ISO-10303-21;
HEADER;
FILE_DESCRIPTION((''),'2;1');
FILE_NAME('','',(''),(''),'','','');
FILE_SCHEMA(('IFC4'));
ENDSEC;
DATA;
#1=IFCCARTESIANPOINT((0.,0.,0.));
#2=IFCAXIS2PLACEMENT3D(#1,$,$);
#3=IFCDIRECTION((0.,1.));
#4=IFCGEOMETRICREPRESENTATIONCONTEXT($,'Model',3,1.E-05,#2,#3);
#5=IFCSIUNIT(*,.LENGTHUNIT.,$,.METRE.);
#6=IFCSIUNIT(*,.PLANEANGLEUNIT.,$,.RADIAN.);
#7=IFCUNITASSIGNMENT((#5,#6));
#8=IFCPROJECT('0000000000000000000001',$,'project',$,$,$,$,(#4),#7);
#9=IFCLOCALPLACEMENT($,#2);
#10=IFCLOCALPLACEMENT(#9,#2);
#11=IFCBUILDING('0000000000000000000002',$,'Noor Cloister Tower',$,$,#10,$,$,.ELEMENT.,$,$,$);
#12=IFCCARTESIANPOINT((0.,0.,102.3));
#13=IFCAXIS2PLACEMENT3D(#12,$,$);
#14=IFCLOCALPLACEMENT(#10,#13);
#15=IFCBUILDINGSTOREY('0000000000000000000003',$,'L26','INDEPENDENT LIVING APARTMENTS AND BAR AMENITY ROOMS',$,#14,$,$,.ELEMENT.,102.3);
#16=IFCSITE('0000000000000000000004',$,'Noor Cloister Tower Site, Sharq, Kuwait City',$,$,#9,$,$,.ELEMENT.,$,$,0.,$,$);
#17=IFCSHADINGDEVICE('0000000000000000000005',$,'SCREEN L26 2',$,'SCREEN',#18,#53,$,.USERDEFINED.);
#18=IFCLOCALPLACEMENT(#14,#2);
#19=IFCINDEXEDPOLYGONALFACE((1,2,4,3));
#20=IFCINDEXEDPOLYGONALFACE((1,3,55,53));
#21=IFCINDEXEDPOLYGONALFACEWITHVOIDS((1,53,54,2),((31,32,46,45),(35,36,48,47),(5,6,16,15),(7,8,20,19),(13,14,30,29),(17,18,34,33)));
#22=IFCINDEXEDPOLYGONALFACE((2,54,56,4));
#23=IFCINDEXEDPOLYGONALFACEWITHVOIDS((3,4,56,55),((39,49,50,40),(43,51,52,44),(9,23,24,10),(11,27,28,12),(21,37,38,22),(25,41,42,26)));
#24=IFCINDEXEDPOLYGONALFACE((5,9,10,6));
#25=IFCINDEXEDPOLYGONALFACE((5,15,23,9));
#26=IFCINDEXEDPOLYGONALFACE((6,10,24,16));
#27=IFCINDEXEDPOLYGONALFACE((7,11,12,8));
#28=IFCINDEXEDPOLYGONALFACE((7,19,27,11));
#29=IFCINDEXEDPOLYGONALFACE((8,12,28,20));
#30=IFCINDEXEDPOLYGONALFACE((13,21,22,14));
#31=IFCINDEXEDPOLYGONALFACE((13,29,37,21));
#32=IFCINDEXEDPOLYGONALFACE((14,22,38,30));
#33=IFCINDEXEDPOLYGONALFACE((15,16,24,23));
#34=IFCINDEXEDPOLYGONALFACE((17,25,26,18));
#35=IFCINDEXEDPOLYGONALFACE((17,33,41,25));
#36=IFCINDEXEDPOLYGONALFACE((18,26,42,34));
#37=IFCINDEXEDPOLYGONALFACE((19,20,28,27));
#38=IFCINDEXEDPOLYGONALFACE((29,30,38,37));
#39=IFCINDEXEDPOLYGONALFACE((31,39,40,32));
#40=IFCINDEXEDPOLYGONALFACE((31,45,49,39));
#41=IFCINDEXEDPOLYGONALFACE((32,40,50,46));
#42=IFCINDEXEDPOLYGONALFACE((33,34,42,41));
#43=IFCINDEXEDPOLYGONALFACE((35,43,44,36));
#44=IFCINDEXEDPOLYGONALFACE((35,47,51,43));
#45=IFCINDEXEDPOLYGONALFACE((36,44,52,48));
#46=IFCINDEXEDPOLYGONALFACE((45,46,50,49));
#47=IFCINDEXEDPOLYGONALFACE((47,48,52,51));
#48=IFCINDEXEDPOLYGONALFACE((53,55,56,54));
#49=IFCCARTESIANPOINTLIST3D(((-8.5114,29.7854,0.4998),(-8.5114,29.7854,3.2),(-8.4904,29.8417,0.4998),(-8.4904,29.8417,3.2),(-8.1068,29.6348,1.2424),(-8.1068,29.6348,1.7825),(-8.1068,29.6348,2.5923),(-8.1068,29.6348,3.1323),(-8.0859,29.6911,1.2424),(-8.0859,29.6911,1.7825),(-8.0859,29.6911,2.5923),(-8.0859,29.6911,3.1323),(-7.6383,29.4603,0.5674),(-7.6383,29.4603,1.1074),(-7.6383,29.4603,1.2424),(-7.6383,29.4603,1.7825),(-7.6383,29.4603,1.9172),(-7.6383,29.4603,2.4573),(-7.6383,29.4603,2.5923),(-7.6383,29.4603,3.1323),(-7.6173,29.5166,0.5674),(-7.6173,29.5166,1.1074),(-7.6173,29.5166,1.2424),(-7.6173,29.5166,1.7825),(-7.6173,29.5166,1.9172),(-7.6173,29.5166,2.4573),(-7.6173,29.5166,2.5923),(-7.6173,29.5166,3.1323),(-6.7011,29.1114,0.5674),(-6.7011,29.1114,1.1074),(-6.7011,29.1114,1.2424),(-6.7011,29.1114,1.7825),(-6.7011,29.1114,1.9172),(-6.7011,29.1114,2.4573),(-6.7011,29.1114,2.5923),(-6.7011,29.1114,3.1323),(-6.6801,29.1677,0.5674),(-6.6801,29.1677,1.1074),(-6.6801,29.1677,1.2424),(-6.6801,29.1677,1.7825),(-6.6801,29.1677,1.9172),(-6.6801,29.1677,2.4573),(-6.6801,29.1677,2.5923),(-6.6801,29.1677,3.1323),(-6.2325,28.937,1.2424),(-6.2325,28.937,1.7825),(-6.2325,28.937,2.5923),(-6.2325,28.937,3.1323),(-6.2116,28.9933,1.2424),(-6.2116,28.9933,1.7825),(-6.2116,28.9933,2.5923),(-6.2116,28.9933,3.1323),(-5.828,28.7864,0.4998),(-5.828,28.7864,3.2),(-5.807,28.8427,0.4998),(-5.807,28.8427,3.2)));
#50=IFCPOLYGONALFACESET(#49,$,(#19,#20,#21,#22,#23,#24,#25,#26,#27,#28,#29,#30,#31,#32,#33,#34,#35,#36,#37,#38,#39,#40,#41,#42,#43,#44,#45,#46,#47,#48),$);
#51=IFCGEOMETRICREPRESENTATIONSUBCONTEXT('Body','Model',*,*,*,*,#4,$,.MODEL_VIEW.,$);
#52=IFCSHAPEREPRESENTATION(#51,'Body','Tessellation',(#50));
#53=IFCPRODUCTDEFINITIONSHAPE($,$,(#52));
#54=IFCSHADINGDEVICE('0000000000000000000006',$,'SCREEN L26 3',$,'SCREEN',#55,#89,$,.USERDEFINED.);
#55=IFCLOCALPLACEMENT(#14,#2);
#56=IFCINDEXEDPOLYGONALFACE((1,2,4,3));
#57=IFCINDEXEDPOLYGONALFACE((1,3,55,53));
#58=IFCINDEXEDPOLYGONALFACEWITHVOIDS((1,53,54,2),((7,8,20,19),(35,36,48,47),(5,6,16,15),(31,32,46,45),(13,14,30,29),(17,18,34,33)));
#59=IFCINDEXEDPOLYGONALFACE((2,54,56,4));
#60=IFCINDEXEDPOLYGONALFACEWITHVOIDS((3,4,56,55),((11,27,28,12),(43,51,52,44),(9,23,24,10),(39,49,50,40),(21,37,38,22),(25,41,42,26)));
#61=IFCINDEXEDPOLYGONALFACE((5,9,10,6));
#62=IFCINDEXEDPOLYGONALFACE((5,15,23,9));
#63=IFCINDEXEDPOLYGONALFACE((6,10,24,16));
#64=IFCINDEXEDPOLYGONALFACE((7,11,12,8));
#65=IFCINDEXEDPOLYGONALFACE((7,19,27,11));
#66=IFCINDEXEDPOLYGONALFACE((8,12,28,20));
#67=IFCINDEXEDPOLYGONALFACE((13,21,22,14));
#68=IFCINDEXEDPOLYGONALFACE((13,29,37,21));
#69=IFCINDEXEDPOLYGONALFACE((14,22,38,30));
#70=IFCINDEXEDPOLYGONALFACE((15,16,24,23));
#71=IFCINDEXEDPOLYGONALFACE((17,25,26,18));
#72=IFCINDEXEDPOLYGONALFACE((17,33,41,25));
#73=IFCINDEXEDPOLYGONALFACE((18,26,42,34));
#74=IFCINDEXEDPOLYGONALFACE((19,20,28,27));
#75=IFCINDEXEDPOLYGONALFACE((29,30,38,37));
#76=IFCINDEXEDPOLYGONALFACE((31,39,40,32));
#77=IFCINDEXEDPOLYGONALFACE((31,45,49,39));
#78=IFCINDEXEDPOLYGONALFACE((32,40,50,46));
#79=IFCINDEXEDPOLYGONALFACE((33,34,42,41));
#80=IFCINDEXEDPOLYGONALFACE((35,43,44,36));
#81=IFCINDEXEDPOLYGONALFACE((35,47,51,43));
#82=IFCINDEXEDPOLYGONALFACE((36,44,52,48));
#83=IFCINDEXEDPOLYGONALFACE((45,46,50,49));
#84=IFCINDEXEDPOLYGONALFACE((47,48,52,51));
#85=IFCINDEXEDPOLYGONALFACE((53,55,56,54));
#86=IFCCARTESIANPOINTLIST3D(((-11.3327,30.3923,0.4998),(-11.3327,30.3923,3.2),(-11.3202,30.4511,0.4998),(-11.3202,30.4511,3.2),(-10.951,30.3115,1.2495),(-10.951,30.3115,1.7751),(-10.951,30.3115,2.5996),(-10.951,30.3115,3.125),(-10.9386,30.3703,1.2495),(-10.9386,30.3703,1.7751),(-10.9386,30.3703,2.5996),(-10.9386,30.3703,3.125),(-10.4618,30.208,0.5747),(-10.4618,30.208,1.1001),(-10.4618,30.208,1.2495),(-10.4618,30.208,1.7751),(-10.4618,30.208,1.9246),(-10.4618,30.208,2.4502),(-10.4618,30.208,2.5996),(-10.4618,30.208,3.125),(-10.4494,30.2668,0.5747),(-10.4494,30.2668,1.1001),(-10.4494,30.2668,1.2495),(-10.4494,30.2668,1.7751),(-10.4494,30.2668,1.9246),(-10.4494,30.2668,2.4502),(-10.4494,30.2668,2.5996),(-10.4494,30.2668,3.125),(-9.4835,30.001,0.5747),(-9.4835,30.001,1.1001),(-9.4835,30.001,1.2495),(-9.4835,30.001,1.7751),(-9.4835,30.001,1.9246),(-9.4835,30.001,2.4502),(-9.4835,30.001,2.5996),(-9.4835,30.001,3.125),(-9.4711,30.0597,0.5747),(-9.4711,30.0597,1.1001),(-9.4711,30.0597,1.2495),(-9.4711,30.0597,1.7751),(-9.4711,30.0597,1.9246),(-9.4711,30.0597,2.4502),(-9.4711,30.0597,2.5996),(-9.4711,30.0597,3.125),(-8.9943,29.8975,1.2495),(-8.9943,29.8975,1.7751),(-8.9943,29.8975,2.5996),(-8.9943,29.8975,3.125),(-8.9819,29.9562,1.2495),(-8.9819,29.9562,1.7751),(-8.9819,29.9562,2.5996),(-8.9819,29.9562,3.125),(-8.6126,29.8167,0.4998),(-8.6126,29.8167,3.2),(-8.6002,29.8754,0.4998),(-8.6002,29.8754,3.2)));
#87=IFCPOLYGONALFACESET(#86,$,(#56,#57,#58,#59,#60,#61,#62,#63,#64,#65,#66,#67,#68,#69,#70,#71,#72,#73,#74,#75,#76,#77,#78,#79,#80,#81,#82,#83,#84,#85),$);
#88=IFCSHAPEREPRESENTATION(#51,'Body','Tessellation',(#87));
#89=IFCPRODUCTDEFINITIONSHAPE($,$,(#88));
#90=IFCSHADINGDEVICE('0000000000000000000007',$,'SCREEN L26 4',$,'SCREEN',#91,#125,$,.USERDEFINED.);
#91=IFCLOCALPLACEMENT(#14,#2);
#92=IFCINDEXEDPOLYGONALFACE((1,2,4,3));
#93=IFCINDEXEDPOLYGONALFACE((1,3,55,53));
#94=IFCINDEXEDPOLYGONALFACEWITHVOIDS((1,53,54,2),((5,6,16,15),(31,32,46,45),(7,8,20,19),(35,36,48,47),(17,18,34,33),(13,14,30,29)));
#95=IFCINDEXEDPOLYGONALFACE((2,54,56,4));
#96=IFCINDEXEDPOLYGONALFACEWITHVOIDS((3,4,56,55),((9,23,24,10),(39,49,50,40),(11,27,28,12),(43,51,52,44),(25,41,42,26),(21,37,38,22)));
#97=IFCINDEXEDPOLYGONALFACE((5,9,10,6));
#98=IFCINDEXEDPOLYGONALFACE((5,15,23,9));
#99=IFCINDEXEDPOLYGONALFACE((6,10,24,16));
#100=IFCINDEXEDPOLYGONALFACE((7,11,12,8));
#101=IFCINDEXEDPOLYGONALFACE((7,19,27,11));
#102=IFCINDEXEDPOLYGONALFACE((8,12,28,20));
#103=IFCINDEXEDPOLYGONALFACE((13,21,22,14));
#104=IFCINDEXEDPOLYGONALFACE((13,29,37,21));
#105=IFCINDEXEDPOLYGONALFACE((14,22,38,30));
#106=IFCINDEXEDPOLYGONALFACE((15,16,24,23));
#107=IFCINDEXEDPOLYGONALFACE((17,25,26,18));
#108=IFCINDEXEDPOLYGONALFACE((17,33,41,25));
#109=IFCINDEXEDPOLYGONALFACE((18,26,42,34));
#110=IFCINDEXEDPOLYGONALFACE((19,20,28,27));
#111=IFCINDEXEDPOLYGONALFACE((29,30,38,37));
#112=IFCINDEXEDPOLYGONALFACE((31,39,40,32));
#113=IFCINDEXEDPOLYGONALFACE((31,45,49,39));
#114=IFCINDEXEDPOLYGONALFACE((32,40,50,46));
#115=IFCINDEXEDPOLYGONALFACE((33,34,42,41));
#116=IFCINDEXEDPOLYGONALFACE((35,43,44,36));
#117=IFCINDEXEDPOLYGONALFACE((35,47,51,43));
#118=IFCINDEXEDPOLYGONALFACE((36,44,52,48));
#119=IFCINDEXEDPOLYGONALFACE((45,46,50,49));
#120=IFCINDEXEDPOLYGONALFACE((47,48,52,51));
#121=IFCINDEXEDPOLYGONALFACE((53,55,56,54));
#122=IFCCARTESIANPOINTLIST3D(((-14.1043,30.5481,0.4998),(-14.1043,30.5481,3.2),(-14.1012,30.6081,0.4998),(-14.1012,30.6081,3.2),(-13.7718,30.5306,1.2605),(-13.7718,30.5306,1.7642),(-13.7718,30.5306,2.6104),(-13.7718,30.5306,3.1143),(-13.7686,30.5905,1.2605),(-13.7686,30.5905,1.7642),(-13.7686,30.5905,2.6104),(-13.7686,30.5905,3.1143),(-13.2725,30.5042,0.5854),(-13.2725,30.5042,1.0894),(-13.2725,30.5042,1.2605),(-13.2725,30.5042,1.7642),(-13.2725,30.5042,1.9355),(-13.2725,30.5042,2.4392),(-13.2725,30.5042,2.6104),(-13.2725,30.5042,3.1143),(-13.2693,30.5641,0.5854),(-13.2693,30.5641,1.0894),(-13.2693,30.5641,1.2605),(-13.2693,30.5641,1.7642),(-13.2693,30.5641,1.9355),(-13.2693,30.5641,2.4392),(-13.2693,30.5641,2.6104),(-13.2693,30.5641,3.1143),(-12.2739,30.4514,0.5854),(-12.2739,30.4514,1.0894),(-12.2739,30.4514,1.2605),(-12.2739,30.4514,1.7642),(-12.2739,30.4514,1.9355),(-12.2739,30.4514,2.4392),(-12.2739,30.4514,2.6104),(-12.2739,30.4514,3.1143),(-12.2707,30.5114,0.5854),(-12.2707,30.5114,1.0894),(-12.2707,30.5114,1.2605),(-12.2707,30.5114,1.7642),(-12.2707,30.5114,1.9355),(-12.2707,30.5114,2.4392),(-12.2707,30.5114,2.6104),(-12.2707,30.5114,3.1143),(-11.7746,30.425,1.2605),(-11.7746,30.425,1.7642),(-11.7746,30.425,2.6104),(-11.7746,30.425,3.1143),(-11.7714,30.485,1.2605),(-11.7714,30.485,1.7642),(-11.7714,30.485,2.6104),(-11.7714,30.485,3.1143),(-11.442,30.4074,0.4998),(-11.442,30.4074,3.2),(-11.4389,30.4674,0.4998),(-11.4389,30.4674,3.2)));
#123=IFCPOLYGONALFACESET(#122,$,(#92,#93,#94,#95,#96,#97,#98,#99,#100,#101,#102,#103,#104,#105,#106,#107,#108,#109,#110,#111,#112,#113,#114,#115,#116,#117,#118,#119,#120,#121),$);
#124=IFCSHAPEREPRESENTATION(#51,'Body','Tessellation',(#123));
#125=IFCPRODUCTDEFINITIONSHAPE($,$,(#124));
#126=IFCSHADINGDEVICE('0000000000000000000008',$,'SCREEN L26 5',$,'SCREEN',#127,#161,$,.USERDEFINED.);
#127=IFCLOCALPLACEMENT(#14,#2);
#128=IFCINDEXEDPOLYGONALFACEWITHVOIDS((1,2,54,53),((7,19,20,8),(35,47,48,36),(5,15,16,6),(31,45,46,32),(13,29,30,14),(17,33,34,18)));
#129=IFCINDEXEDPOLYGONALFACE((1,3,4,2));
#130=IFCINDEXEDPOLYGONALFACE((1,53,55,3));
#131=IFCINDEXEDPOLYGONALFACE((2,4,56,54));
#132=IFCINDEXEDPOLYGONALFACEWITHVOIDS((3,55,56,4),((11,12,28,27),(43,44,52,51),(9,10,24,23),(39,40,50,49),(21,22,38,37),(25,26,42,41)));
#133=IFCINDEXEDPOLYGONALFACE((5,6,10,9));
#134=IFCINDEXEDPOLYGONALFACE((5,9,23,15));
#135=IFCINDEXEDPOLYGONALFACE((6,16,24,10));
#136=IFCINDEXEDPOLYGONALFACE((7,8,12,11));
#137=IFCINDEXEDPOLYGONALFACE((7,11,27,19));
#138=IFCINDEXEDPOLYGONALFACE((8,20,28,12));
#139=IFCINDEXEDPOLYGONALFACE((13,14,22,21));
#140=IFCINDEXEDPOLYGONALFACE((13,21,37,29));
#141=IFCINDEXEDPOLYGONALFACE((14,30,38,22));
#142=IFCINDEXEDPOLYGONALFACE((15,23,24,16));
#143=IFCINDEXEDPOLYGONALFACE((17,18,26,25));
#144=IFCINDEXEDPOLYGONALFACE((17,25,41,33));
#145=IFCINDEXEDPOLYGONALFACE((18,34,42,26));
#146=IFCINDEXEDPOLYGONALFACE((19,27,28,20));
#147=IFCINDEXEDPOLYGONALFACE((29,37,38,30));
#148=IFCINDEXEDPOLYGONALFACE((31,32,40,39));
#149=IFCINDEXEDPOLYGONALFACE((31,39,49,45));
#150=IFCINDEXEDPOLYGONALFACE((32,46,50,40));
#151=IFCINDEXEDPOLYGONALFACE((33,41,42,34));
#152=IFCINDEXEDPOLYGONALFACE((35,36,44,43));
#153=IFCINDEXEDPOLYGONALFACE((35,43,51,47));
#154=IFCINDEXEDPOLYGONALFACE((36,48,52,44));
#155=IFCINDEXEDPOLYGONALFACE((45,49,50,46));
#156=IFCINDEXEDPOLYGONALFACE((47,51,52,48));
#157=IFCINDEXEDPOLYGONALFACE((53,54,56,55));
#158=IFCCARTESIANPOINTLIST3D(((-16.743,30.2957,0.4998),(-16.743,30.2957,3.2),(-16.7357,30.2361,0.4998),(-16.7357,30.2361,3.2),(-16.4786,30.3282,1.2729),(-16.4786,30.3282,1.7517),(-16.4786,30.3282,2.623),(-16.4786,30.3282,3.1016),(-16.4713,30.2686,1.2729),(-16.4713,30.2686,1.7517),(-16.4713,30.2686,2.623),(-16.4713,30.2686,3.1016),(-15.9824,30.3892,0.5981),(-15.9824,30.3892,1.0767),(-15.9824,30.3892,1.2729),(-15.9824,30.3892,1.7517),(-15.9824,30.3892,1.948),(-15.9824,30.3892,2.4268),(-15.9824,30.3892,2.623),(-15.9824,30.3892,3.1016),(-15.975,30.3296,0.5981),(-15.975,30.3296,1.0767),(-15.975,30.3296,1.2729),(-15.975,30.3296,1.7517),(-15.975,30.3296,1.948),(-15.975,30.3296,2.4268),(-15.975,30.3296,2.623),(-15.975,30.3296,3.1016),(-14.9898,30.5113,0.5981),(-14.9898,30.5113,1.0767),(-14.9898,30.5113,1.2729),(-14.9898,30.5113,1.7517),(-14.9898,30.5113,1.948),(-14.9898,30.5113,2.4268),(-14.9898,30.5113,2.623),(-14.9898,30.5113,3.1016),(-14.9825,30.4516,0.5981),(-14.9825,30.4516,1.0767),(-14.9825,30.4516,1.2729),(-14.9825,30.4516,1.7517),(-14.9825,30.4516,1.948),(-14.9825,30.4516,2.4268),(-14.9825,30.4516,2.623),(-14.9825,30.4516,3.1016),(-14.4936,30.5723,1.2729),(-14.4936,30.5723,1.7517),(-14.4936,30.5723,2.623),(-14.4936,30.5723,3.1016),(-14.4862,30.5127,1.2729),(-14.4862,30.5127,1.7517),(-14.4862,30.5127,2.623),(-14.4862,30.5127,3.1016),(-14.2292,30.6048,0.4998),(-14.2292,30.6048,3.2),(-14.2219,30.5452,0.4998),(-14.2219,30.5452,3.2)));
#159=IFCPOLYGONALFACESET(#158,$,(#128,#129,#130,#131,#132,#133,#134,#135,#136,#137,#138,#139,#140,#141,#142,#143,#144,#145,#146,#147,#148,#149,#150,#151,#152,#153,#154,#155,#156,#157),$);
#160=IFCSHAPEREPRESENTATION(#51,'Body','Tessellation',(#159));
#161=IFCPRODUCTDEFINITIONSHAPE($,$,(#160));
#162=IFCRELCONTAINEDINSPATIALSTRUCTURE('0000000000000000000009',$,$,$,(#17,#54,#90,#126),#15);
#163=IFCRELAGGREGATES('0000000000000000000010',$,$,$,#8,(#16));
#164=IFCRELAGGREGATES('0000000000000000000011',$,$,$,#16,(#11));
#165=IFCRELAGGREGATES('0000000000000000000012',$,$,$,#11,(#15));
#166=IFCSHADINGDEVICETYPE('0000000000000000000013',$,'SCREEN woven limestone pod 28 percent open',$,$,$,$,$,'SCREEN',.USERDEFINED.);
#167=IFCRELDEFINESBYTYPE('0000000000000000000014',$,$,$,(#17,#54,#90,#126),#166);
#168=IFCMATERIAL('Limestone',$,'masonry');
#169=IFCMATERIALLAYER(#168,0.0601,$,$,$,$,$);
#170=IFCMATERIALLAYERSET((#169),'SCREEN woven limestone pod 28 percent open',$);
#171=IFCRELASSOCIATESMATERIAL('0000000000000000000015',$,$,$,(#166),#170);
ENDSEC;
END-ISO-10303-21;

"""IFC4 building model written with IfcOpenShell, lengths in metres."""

from ifc_helpers import new_model, si_unit, direction, frame, origin, place, context, subcontext, project, spatial, polyline, outline, extrude, material, layer, layer_set, type_object, element, save


model = new_model("IFC4")

# Units and contexts
model_context = context("Model", 3, precision=1e-05, world=origin(), true_north=direction((0.0, 1.0)))
body_context = subcontext(model_context, "Body", "Model", "MODEL_VIEW")
ifc_project = project(units=[si_unit("LENGTHUNIT", "METRE"), si_unit("PLANEANGLEUNIT", "RADIAN")], contexts=[model_context])

# Site, building, storey
site_placement = place(None, origin())
site = spatial("IfcSite", under=ifc_project, at=site_placement, Name="Noor Cloister Tower Site, Sharq, Kuwait City", CompositionType="ELEMENT", RefElevation=0.0)
building_placement = place(site_placement, origin())
building = spatial("IfcBuilding", under=site, at=building_placement, Name="Noor Cloister Tower", CompositionType="ELEMENT")
storey_placement = place(building_placement, frame((0.0, 0.0, 102.3)))
storey = spatial("IfcBuildingStorey", under=building, at=storey_placement, Name="L26", Description="INDEPENDENT LIVING APARTMENTS AND BAR AMENITY ROOMS", CompositionType="ELEMENT", Elevation=102.3)

# Shading devices
ifc_material_1 = material(Name="Limestone", Category="masonry")
ifc_layer_1 = layer(ifc_material_1, 0.0601)
ifc_layer_set_1 = layer_set([ifc_layer_1], Name="SCREEN woven limestone pod 28 percent open")
shading_device_type = type_object("IfcShadingDeviceType", Name="SCREEN woven limestone pod 28 percent open", ElementType="SCREEN", PredefinedType="USERDEFINED", material=ifc_layer_set_1)
shading_device_1_placement = place(storey_placement, frame((-7.1697, 29.2859, 1.8499), z_axis=(0.348899, 0.93716, 0.0), x_axis=(-0.93716, 0.348899, 0.0)))
element("IfcShadingDevice", 1, at=shading_device_1_placement, inside=storey, type_object=shading_device_type, Name="SCREEN L26 2", ObjectType="SCREEN", PredefinedType="USERDEFINED", context=body_context, shape_type="SweptSolid", body=[
    extrude(outline(polyline([(-1.4316, -1.3501), (1.4316, -1.3501), (1.4316, 1.3501), (-1.4316, 1.3501), (-1.4316, -1.3501)]), holes=[polyline([(-0.5, -1.2825), (0.5, -1.2825), (0.5, -0.7424), (-0.5, -0.7424), (-0.5, -1.2825)]), polyline([(-1.0, -0.6074), (-0.5, -0.6074), (-0.5, -0.0674), (-1.0, -0.0674), (-1.0, -0.6074)]), polyline([(0.5, -0.6074), (1.0, -0.6074), (1.0, -0.0674), (0.5, -0.0674), (0.5, -0.6074)]), polyline([(-0.5, 0.0674), (0.5, 0.0674), (0.5, 0.6074), (-0.5, 0.6074), (-0.5, 0.0674)]), polyline([(-1.0, 0.7424), (-0.5, 0.7424), (-0.5, 1.2825), (-1.0, 1.2825), (-1.0, 0.7424)]), polyline([(0.5, 0.7424), (1.0, 0.7424), (1.0, 1.2825), (0.5, 1.2825), (0.5, 0.7424)])]), origin(), (0.0, 0.0, 1.0), 0.0601),
])
shading_device_2_placement = place(storey_placement, frame((-9.9727, 30.1045, 1.8499), z_axis=(0.207033, 0.978334, 0.0), x_axis=(-0.978334, 0.207033, 0.0)))
element("IfcShadingDevice", 2, at=shading_device_2_placement, inside=storey, type_object=shading_device_type, Name="SCREEN L26 3", ObjectType="SCREEN", PredefinedType="USERDEFINED", context=body_context, shape_type="SweptSolid", body=[
    extrude(outline(polyline([(-1.3901, -1.3501), (1.3901, -1.3501), (1.3901, 1.3501), (-1.3901, 1.3501), (-1.3901, -1.3501)]), holes=[polyline([(-0.5, -1.2751), (0.5, -1.2751), (0.5, -0.7498), (-0.5, -0.7498), (-0.5, -1.2751)]), polyline([(-1.0, -0.6003), (-0.5, -0.6003), (-0.5, -0.0747), (-1.0, -0.0747), (-1.0, -0.6003)]), polyline([(0.5, -0.6003), (1.0, -0.6003), (1.0, -0.0747), (0.5, -0.0747), (0.5, -0.6003)]), polyline([(-0.5, 0.0747), (0.5, 0.0747), (0.5, 0.6003), (-0.5, 0.6003), (-0.5, 0.0747)]), polyline([(-1.0, 0.7498), (-0.5, 0.7498), (-0.5, 1.2751), (-1.0, 1.2751), (-1.0, 0.7498)]), polyline([(0.5, 0.7498), (1.0, 0.7498), (1.0, 1.2751), (0.5, 1.2751), (0.5, 0.7498)])]), origin(), (0.0, 0.0, 1.0), 0.0601),
])
shading_device_3_placement = place(storey_placement, frame((-12.7732, 30.4778, 1.8499), z_axis=(0.052772, 0.998607, 0.0), x_axis=(-0.998607, 0.052772, 0.0)))
element("IfcShadingDevice", 3, at=shading_device_3_placement, inside=storey, type_object=shading_device_type, Name="SCREEN L26 4", ObjectType="SCREEN", PredefinedType="USERDEFINED", context=body_context, shape_type="SweptSolid", body=[
    extrude(outline(polyline([(-1.333, -1.3501), (1.333, -1.3501), (1.333, 1.3501), (-1.333, 1.3501), (-1.333, -1.3501)]), holes=[polyline([(-0.5, -1.2644), (0.5, -1.2644), (0.5, -0.7605), (-0.5, -0.7605), (-0.5, -1.2644)]), polyline([(-1.0, -0.5894), (-0.5, -0.5894), (-0.5, -0.0857), (-1.0, -0.0857), (-1.0, -0.5894)]), polyline([(0.5, -0.5894), (1.0, -0.5894), (1.0, -0.0857), (0.5, -0.0857), (0.5, -0.5894)]), polyline([(-0.5, 0.0857), (0.5, 0.0857), (0.5, 0.5894), (-0.5, 0.5894), (-0.5, 0.0857)]), polyline([(-1.0, 0.7605), (-0.5, 0.7605), (-0.5, 1.2644), (-1.0, 1.2644), (-1.0, 0.7605)]), polyline([(0.5, 0.7605), (1.0, 0.7605), (1.0, 1.2644), (0.5, 1.2644), (0.5, 0.7605)])]), origin(), (0.0, 0.0, 1.0), 0.0601),
])
shading_device_4_placement = place(storey_placement, frame((-15.4788, 30.3906, 1.8499), z_axis=(-0.122032, 0.992526, 0.0), x_axis=(-0.992526, -0.122032, 0.0)))
element("IfcShadingDevice", 4, at=shading_device_4_placement, inside=storey, type_object=shading_device_type, Name="SCREEN L26 5", ObjectType="SCREEN", PredefinedType="USERDEFINED", context=body_context, shape_type="SweptSolid", body=[
    extrude(outline(polyline([(-1.2664, -1.3501), (1.2664, -1.3501), (1.2664, 1.3501), (-1.2664, 1.3501), (-1.2664, -1.3501)]), holes=[polyline([(-0.5, -1.2517), (0.5, -1.2517), (0.5, -0.7732), (-0.5, -0.7732), (-0.5, -1.2517)]), polyline([(-1.0, -0.5769), (-0.5, -0.5769), (-0.5, -0.0981), (-1.0, -0.0981), (-1.0, -0.5769)]), polyline([(0.5, -0.5769), (1.0, -0.5769), (1.0, -0.0981), (0.5, -0.0981), (0.5, -0.5769)]), polyline([(-0.5, 0.0981), (0.5, 0.0981), (0.5, 0.5769), (-0.5, 0.5769), (-0.5, 0.0981)]), polyline([(-1.0, 0.7732), (-0.5, 0.7732), (-0.5, 1.2517), (-1.0, 1.2517), (-1.0, 0.7732)]), polyline([(0.5, 0.7732), (1.0, 0.7732), (1.0, 1.2517), (0.5, 1.2517), (0.5, 0.7732)])]), origin(), (0.0, 0.0, 1.0), 0.0601),
])

save(model, "model.ifc")
